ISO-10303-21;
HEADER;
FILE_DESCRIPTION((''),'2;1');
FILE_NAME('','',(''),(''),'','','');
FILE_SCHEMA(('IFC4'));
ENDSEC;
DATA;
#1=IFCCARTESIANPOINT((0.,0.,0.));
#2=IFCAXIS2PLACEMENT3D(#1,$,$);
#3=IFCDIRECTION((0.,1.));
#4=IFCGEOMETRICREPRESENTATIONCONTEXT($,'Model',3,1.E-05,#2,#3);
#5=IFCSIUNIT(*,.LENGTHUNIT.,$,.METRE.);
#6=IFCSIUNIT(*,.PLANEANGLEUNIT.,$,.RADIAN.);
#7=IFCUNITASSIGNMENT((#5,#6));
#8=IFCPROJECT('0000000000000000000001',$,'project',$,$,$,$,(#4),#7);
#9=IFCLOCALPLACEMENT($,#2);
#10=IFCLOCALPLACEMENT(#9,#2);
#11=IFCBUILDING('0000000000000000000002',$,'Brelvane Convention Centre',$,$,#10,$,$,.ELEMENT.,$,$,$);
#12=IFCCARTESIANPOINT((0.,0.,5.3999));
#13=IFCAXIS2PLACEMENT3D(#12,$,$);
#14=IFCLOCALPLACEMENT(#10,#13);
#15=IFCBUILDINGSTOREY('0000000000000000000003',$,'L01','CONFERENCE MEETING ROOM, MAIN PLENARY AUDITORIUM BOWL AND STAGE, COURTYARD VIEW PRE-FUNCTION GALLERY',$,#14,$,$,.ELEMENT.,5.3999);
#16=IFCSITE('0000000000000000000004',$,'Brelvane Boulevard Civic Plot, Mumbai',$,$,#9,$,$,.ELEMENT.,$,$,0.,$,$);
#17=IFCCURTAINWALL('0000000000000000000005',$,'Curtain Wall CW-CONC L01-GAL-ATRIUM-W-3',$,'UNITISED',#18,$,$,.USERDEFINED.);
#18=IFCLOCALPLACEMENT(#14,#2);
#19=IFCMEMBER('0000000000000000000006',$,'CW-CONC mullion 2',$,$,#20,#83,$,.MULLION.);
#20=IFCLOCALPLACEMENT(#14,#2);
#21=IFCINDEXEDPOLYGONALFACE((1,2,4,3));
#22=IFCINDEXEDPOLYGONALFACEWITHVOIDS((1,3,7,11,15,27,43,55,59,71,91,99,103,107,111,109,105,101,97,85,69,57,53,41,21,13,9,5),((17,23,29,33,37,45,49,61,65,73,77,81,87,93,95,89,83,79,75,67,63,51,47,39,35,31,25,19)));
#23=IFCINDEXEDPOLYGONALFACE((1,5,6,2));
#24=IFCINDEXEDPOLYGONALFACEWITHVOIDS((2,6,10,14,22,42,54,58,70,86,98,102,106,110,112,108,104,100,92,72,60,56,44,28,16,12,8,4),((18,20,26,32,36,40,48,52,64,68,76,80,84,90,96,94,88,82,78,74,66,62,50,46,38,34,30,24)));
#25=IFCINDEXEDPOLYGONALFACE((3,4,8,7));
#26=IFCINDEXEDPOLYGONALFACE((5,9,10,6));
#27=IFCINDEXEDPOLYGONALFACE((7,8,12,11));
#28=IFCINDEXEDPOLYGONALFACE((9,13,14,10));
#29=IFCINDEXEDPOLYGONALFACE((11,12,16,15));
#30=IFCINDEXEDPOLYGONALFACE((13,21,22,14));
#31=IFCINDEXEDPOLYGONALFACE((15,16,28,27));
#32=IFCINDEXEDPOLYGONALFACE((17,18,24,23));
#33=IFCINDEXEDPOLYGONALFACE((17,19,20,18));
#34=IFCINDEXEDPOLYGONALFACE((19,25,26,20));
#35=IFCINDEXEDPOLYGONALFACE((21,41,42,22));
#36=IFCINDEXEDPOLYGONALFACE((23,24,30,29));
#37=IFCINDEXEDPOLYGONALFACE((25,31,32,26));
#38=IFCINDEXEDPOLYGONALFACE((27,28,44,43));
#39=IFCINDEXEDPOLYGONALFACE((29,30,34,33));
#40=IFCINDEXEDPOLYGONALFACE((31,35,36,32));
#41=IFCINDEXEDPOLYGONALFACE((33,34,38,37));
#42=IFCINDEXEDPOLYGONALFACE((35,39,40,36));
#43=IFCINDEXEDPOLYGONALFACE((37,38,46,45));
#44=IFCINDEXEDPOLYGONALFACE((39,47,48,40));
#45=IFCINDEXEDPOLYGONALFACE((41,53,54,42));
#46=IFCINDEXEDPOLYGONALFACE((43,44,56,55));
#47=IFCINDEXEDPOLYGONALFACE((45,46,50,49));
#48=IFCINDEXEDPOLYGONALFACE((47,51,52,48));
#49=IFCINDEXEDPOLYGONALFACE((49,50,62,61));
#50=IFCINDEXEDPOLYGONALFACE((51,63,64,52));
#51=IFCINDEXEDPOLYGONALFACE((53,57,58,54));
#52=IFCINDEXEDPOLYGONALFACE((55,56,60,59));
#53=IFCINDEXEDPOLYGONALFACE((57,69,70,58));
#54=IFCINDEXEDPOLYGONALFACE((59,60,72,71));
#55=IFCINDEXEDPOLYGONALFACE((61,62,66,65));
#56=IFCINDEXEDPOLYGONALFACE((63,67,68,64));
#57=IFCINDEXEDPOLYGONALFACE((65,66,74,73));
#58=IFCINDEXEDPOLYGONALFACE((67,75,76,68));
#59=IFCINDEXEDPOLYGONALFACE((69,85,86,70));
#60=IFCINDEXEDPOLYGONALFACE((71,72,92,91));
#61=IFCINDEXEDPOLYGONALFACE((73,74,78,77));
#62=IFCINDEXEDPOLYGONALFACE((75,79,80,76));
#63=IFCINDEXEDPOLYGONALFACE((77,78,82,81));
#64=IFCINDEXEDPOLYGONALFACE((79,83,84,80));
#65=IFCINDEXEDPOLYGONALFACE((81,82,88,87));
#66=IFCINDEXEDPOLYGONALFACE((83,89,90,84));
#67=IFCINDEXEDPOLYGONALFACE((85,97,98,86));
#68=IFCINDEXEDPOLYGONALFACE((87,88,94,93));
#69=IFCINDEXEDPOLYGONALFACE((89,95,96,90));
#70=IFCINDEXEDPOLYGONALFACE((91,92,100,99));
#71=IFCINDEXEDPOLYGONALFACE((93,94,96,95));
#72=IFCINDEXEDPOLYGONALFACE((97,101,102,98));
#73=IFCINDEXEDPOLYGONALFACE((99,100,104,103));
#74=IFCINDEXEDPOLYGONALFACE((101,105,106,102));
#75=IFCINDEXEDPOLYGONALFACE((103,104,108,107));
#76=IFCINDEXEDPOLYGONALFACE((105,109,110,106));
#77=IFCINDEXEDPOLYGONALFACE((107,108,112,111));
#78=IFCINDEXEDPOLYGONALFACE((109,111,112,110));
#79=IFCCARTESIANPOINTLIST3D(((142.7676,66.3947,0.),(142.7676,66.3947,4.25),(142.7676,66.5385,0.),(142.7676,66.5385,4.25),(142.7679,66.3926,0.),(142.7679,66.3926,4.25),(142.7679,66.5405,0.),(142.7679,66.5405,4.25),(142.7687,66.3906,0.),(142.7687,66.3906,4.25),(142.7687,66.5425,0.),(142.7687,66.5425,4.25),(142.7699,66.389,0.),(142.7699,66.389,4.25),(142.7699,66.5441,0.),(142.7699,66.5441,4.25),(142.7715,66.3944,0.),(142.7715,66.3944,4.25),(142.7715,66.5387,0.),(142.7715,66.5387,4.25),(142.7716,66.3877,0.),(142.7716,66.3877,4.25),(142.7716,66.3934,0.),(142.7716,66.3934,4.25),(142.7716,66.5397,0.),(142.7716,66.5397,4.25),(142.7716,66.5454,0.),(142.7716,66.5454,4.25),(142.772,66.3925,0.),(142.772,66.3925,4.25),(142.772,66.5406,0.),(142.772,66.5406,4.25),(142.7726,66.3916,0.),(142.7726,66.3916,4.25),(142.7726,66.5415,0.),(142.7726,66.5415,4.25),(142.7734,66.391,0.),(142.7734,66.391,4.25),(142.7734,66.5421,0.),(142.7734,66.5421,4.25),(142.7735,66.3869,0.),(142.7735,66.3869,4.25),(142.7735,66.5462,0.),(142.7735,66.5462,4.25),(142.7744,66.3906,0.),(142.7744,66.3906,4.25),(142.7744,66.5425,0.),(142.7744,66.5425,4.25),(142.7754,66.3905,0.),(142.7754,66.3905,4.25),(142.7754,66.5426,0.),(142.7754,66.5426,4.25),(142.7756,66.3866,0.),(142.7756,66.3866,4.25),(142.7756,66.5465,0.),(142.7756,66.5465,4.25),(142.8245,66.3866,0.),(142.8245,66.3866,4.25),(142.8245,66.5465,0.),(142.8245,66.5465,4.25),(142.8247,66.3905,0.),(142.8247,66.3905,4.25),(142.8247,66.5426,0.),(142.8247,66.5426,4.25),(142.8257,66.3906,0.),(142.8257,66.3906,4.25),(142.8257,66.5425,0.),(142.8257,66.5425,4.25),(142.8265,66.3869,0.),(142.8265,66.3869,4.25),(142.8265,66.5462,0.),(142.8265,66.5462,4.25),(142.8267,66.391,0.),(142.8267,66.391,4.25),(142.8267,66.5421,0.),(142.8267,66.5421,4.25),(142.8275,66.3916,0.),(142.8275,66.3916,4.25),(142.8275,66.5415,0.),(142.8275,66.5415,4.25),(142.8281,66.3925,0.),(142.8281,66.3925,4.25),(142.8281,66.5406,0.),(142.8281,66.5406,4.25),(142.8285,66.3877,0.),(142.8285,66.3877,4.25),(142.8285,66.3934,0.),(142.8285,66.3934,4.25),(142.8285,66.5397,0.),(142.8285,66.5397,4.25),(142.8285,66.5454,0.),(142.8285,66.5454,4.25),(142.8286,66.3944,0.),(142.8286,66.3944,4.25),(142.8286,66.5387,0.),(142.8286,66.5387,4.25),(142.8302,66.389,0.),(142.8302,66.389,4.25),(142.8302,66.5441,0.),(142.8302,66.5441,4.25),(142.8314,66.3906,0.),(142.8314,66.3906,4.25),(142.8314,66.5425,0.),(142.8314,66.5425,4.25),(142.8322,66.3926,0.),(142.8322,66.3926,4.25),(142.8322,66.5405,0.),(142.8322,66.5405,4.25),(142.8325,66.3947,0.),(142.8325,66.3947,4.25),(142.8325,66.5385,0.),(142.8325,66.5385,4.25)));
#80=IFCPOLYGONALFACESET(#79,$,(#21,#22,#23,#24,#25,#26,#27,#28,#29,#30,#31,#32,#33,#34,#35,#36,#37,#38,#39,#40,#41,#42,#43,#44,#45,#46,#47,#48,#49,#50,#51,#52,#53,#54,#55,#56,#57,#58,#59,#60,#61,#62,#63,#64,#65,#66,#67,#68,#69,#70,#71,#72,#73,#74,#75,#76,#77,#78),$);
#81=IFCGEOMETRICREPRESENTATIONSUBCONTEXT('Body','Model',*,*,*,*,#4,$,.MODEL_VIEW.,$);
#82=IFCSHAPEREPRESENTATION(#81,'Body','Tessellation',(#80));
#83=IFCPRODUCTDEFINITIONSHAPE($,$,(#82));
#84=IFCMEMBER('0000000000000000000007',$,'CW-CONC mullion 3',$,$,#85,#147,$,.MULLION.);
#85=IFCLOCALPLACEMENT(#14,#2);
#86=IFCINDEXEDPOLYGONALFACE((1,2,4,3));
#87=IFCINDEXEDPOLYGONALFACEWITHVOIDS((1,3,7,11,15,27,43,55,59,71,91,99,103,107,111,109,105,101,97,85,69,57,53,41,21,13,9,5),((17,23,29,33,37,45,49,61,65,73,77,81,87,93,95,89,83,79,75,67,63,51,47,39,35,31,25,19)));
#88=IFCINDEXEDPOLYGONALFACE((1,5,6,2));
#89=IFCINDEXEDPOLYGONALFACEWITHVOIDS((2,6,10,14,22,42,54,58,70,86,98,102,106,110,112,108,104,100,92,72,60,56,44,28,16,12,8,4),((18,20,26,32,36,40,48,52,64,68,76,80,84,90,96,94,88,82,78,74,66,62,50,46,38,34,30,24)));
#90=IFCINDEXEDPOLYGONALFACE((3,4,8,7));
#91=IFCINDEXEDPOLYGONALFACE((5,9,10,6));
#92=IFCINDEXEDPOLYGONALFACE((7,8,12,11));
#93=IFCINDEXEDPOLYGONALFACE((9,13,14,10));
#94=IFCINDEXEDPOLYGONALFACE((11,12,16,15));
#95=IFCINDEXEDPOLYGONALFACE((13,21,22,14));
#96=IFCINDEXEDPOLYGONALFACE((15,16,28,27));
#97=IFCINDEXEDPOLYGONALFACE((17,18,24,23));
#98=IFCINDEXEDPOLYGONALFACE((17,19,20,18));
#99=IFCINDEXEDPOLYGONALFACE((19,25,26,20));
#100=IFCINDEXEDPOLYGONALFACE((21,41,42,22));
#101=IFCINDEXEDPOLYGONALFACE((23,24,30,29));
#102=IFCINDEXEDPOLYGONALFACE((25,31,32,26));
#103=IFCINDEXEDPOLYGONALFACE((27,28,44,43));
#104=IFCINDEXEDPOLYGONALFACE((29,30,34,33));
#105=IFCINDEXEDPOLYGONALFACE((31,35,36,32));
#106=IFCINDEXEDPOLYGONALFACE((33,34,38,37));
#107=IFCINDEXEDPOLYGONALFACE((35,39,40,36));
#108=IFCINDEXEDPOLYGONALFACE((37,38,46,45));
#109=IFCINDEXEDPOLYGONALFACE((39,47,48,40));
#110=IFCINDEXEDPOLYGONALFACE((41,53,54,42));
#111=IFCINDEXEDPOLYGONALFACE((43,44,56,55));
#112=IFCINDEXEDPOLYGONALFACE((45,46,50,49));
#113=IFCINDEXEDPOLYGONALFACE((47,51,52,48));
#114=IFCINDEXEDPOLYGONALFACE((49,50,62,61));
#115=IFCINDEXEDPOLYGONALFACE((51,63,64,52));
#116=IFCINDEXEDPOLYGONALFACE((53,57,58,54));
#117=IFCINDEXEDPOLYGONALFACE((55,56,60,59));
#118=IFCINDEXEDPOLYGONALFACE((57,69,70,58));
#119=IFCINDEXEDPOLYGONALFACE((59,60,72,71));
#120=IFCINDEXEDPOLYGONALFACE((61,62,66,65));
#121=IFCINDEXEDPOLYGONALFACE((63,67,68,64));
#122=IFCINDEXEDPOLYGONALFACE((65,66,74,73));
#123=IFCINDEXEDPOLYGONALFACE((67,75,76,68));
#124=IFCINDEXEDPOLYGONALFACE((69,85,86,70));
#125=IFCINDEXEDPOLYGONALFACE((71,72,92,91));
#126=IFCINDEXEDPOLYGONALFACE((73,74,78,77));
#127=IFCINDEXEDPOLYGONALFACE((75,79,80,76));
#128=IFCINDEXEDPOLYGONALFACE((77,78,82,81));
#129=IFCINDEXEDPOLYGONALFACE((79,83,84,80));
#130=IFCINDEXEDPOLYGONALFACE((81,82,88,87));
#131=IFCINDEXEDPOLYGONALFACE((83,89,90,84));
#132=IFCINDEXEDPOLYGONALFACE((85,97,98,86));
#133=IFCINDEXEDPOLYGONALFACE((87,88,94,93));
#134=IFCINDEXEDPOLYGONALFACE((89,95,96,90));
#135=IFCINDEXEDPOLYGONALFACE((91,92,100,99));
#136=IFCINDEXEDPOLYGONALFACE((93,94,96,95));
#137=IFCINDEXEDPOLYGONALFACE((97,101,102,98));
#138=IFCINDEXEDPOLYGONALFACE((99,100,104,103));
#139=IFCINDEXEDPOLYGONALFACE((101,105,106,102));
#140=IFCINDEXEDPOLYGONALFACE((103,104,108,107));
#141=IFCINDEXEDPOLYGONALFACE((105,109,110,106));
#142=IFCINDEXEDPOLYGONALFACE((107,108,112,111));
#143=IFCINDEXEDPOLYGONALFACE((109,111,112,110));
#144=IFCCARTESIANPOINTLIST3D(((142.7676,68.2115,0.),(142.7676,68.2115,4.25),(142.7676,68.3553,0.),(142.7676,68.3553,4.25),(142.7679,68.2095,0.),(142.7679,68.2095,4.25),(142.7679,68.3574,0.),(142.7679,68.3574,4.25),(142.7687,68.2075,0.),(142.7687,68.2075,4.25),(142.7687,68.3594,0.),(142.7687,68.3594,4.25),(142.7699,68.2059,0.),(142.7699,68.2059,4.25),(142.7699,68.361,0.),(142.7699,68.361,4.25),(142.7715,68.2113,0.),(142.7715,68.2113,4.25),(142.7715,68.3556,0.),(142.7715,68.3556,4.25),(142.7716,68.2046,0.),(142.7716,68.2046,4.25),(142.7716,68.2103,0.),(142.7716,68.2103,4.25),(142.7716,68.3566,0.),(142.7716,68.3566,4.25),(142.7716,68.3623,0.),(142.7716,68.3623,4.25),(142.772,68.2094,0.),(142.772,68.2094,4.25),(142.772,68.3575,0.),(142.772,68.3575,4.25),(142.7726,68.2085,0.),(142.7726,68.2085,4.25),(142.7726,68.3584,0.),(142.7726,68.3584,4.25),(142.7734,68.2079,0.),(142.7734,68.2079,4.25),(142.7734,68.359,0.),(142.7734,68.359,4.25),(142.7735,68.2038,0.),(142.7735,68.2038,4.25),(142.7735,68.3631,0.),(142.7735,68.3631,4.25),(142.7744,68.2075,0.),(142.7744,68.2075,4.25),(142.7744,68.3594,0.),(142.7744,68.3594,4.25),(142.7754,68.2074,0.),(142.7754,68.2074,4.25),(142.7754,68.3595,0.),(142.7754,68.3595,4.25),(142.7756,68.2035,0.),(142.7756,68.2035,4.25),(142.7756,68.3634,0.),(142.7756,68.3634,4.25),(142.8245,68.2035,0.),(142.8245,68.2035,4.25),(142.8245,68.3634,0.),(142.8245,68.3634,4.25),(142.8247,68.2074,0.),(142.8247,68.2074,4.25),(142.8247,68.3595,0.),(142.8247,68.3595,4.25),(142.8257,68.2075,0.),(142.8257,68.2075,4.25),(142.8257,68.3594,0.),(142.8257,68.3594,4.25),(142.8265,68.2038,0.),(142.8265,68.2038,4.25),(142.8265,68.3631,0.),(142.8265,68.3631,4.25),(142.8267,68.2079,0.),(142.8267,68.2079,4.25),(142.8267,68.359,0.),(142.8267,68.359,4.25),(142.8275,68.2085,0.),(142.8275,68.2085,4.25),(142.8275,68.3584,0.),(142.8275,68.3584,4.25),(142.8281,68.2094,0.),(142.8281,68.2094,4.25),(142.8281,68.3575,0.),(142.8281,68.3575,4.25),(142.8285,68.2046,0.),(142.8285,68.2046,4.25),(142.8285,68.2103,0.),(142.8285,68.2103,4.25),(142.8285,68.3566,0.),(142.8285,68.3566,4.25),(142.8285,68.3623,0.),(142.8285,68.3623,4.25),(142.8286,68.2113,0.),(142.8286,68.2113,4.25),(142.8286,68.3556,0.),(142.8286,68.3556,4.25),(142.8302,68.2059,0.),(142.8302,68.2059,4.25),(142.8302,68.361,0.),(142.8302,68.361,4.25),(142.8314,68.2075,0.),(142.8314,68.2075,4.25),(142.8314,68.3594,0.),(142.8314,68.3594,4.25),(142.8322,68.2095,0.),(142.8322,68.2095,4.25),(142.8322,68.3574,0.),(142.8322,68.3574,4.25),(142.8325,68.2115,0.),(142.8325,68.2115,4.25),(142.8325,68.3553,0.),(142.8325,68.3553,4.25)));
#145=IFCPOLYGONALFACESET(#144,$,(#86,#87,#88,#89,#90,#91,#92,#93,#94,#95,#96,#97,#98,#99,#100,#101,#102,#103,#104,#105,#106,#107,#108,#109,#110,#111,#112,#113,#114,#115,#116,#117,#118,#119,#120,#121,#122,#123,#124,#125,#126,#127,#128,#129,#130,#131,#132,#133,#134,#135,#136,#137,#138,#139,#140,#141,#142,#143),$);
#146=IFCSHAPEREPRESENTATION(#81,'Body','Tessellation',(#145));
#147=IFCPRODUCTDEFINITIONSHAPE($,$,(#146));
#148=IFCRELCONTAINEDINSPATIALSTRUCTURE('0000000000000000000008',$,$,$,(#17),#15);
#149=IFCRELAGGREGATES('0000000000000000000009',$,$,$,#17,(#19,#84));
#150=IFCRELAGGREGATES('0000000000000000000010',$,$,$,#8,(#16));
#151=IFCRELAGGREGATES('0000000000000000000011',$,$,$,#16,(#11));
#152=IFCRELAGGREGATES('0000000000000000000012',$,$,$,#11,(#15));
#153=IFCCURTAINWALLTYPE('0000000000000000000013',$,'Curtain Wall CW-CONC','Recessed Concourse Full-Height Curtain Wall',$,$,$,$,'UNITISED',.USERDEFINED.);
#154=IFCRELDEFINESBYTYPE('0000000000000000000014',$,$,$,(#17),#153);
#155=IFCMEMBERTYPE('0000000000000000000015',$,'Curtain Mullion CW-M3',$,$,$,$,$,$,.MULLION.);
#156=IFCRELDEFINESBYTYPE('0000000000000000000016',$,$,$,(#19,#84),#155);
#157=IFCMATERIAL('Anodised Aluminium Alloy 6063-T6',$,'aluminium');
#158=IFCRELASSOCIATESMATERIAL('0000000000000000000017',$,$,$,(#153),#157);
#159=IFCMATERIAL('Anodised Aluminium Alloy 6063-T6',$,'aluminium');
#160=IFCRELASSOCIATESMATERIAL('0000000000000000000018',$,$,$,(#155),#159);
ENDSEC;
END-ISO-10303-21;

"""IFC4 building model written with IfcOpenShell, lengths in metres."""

from ifc_helpers import new_model, si_unit, direction, frame, origin, origin_2d, place, context, subcontext, project, spatial, hollow_rectangle, extrude, material, material_profile, profile_set, type_object, element, aggregate, save


model = new_model("IFC4")

# Units and contexts
model_context = context("Model", 3, precision=1e-05, world=origin(), true_north=direction((0.0, 1.0)))
body_context = subcontext(model_context, "Body", "Model", "MODEL_VIEW")
ifc_project = project(units=[si_unit("LENGTHUNIT", "METRE"), si_unit("PLANEANGLEUNIT", "RADIAN")], contexts=[model_context])

# Site, building, storey
site_placement = place(None, origin())
site = spatial("IfcSite", under=ifc_project, at=site_placement, Name="Brelvane Boulevard Civic Plot, Mumbai", CompositionType="ELEMENT", RefElevation=0.0)
building_placement = place(site_placement, origin())
building = spatial("IfcBuilding", under=site, at=building_placement, Name="Brelvane Convention Centre", CompositionType="ELEMENT")
storey_placement = place(building_placement, frame((0.0, 0.0, 5.3999)))
storey = spatial("IfcBuildingStorey", under=building, at=storey_placement, Name="L01", Description="CONFERENCE MEETING ROOM, MAIN PLENARY AUDITORIUM BOWL AND STAGE, COURTYARD VIEW PRE-FUNCTION GALLERY", CompositionType="ELEMENT", Elevation=5.3999)

# Curtain wall, members
ifc_material_1 = material(Name="Anodised Aluminium Alloy 6063-T6", Category="aluminium")
curtain_wall_type = type_object("IfcCurtainWallType", Name="Curtain Wall CW-CONC", Description="Recessed Concourse Full-Height Curtain Wall", ElementType="UNITISED", PredefinedType="USERDEFINED", material=ifc_material_1)
curtain_wall_placement = place(storey_placement, origin())
curtain_wall = element("IfcCurtainWall", 1, at=curtain_wall_placement, inside=storey, type_object=curtain_wall_type, Name="Curtain Wall CW-CONC L01-GAL-ATRIUM-W-3", ObjectType="UNITISED", PredefinedType="USERDEFINED")
ifc_material_2 = material(Name="Anodised Aluminium Alloy 6063-T6", Category="aluminium")
ifc_material_profile_1 = material_profile(ifc_material_2, hollow_rectangle(XDim=0.0649, YDim=0.1599, WallThickness=0.0039, InnerFilletRadius=0.0039, OuterFilletRadius=0.0081, at=origin_2d()), Name="ALU-M 160x65x4.0")
ifc_profile_set_1 = profile_set([ifc_material_profile_1], Name="Anodised Aluminium Alloy 6063-T6")
member_type_1 = type_object("IfcMemberType", Name="Curtain Mullion CW-M3", PredefinedType="MULLION", material=ifc_profile_set_1)
member_1_placement = place(storey_placement, frame((142.8, 66.4666, 0.0), z_axis=(0.0, 0.0, 1.0), x_axis=(-1.0, 0.0, 0.0)))
member_1 = element("IfcMember", 2, at=member_1_placement, type_object=member_type_1, Name="CW-CONC mullion 2", PredefinedType="MULLION", context=body_context, shape_type="SweptSolid", body=[
    extrude(hollow_rectangle(XDim=0.0649, YDim=0.1599, WallThickness=0.0039, InnerFilletRadius=0.0039, OuterFilletRadius=0.0081, at=origin_2d()), origin(), (0.0, 0.0, 1.0), 4.25),
])
member_2_placement = place(storey_placement, frame((142.8, 68.2834, 0.0), z_axis=(0.0, 0.0, 1.0), x_axis=(-1.0, 0.0, 0.0)))
member_2 = element("IfcMember", 3, at=member_2_placement, type_object=member_type_1, Name="CW-CONC mullion 3", PredefinedType="MULLION", context=body_context, shape_type="SweptSolid", body=[
    extrude(hollow_rectangle(XDim=0.0649, YDim=0.1599, WallThickness=0.0039, InnerFilletRadius=0.0039, OuterFilletRadius=0.0081, at=origin_2d()), origin(), (0.0, 0.0, 1.0), 4.25),
])

aggregate(curtain_wall, [member_1, member_2])

save(model, "model.ifc")
